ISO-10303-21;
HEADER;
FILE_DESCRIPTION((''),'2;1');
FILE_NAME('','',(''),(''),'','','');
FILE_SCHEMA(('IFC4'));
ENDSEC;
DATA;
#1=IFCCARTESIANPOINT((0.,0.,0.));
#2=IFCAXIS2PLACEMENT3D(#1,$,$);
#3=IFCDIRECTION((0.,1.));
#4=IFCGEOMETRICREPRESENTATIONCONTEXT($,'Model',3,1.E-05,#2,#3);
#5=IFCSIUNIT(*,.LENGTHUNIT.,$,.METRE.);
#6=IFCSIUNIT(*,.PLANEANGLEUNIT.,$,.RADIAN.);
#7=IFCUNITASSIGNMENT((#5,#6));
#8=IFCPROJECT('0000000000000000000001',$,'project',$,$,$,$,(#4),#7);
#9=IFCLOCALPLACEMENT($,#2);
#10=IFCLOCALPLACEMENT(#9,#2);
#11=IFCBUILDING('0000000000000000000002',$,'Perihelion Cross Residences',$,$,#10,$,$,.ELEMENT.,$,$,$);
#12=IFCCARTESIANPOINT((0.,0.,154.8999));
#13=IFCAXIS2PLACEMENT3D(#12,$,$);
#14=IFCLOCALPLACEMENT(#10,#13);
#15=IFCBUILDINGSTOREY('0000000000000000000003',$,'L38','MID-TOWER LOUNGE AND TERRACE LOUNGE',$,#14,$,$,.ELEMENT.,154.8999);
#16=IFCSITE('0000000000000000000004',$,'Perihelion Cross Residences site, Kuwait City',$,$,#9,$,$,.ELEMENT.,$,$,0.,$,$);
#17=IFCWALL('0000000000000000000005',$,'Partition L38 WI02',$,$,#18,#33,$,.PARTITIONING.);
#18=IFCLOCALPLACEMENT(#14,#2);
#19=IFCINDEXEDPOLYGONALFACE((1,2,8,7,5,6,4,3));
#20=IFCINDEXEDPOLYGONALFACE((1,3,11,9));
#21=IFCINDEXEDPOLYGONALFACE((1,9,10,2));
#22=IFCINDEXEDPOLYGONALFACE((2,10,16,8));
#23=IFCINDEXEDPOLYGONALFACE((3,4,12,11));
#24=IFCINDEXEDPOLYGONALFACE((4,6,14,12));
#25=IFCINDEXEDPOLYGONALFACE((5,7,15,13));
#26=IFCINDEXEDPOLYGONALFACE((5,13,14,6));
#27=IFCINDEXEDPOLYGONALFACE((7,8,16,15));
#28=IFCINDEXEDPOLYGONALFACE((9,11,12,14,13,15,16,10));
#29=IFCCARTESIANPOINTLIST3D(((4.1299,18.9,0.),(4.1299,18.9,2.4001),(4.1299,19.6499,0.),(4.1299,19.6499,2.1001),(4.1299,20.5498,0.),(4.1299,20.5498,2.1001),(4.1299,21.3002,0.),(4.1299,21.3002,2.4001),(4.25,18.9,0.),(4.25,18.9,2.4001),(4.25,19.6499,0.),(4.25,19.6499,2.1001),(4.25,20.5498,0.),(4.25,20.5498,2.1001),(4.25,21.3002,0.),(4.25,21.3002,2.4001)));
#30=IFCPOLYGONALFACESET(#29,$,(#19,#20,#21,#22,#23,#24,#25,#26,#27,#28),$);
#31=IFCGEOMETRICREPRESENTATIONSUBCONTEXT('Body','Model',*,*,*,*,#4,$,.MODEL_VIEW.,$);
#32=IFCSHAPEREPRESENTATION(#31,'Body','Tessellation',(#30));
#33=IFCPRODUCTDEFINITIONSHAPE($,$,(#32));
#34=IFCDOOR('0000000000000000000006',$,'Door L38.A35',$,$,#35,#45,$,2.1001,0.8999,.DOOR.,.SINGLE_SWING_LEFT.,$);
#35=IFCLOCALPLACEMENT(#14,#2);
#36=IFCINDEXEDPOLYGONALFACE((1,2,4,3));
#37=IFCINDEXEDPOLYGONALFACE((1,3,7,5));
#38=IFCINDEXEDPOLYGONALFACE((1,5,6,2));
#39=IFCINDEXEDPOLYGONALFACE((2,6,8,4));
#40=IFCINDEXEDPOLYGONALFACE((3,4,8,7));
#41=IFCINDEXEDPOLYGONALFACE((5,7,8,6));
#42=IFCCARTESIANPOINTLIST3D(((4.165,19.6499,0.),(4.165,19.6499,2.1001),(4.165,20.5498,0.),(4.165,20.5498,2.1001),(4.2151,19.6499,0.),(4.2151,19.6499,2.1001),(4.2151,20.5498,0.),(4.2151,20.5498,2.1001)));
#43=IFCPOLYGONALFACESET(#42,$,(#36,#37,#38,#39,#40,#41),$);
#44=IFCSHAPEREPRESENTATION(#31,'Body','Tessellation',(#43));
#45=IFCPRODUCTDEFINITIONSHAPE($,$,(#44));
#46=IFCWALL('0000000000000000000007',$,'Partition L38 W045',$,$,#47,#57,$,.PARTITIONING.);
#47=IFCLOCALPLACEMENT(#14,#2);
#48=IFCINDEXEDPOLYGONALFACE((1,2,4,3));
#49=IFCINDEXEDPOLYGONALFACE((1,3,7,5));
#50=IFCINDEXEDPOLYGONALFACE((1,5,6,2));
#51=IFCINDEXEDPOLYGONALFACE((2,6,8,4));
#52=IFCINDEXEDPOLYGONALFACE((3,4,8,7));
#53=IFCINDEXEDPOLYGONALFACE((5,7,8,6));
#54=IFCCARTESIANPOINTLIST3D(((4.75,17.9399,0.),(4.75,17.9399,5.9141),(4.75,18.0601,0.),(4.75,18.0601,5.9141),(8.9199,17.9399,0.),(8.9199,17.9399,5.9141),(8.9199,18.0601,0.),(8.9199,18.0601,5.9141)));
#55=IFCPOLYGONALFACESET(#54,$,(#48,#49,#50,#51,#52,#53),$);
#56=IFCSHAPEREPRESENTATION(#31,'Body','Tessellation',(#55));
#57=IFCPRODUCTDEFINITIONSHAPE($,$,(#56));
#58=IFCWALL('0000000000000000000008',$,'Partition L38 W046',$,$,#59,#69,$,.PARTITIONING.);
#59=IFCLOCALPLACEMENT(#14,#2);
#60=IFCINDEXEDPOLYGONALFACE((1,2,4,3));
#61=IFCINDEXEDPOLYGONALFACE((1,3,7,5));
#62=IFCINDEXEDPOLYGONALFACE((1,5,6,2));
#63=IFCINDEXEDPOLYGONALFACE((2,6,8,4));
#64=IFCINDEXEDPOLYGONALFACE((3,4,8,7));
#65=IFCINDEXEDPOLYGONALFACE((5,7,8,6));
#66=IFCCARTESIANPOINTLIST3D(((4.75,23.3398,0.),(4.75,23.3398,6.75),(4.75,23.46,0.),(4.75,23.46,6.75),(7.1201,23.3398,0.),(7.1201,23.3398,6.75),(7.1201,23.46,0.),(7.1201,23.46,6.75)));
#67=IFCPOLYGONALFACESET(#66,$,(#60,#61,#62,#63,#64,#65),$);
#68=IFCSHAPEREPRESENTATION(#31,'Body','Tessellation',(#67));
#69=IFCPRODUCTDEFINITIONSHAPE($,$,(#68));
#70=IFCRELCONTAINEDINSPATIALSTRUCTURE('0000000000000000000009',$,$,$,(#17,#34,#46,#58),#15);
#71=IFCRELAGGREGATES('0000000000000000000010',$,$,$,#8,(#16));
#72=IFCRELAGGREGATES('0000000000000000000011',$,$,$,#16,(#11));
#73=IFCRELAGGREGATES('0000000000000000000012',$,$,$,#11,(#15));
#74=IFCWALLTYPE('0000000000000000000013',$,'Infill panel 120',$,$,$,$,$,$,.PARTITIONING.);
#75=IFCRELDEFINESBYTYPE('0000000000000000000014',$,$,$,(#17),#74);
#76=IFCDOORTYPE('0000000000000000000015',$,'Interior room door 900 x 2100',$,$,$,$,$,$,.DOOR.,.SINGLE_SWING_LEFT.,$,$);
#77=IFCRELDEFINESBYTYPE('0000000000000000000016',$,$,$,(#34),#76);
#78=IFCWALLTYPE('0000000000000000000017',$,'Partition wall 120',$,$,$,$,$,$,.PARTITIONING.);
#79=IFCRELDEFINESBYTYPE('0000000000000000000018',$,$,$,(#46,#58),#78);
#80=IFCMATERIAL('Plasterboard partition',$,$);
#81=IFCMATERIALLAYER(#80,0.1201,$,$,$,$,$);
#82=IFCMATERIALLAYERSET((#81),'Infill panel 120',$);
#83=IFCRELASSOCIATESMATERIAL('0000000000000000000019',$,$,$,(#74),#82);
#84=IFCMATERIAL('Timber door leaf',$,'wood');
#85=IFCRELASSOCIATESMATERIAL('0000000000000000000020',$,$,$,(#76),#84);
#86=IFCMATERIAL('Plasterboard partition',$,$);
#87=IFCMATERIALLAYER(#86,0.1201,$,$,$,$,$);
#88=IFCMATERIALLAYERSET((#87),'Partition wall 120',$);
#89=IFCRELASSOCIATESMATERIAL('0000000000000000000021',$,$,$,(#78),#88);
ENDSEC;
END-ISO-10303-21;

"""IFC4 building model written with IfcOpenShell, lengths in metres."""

from ifc_helpers import new_model, si_unit, direction, frame, frame_2d, origin, place, context, subcontext, project, spatial, rectangle, extrude, material, layer, layer_set, type_object, element, fill, save


model = new_model("IFC4")

# Units and contexts
model_context = context("Model", 3, precision=1e-05, world=origin(), true_north=direction((0.0, 1.0)))
body_context = subcontext(model_context, "Body", "Model", "MODEL_VIEW")
ifc_project = project(units=[si_unit("LENGTHUNIT", "METRE"), si_unit("PLANEANGLEUNIT", "RADIAN")], contexts=[model_context])

# Site, building, storey
site_placement = place(None, origin())
site = spatial("IfcSite", under=ifc_project, at=site_placement, Name="Perihelion Cross Residences site, Kuwait City", CompositionType="ELEMENT", RefElevation=0.0)
building_placement = place(site_placement, origin())
building = spatial("IfcBuilding", under=site, at=building_placement, Name="Perihelion Cross Residences", CompositionType="ELEMENT")
storey_placement = place(building_placement, frame((0.0, 0.0, 154.8999)))
storey = spatial("IfcBuildingStorey", under=building, at=storey_placement, Name="L38", Description="MID-TOWER LOUNGE AND TERRACE LOUNGE", CompositionType="ELEMENT", Elevation=154.8999)

# Wall, opening, door
ifc_material_1 = material(Name="Plasterboard partition")
ifc_layer_1 = layer(ifc_material_1, 0.1201)
ifc_layer_set_1 = layer_set([ifc_layer_1], Name="Infill panel 120")
wall_type_1 = type_object("IfcWallType", Name="Infill panel 120", PredefinedType="PARTITIONING", material=ifc_layer_set_1)
wall_1_placement = place(storey_placement, frame((4.1899, 18.8999, 0.0), z_axis=(0.0, 0.0, 1.0), x_axis=(0.0, 1.0, 0.0)))
wall_1 = element("IfcWall", 1, at=wall_1_placement, inside=storey, type_object=wall_type_1, Name="Partition L38 WI02", PredefinedType="PARTITIONING", context=body_context, shape_type="SweptSolid", body=[
    extrude(rectangle(XDim=2.4001, YDim=0.1201, at=frame_2d((1.2002, 0.0))), origin(), (0.0, 0.0, 1.0), 2.4001),
])
opening_placement = place(wall_1_placement, frame((0.75, 0.0, 0.0)))
opening = element("IfcOpeningElement", 2, at=opening_placement, cuts=wall_1, PredefinedType="OPENING", context=body_context, shape_type="SweptSolid", body=[
    extrude(rectangle(XDim=0.8999, YDim=2.1001, at=frame_2d((0.45, 1.05))), frame((0.0, 0.0701, 0.0), z_axis=(0.0, -1.0, 0.0), x_axis=(1.0, 0.0, 0.0)), (0.0, 0.0, 1.0), 0.1401),
])
ifc_material_2 = material(Name="Timber door leaf", Category="wood")
door_type = type_object("IfcDoorType", Name="Interior room door 900 x 2100", OperationType="SINGLE_SWING_LEFT", PredefinedType="DOOR", material=ifc_material_2)
door_placement = place(opening_placement, origin())
door = element("IfcDoor", 3, at=door_placement, inside=storey, type_object=door_type, Name="Door L38.A35", OperationType="SINGLE_SWING_LEFT", OverallHeight=2.1001, OverallWidth=0.8999, PredefinedType="DOOR", context=body_context, shape_type="SweptSolid", body=[
    extrude(rectangle(XDim=0.8999, YDim=2.1001, at=frame_2d((0.45, 1.05))), frame((0.0, 0.0249, 0.0), z_axis=(0.0, -1.0, 0.0), x_axis=(1.0, 0.0, 0.0)), (0.0, 0.0, 1.0), 0.05),
])
fill(opening, door)

# Walls
ifc_material_3 = material(Name="Plasterboard partition")
ifc_layer_2 = layer(ifc_material_3, 0.1201)
ifc_layer_set_2 = layer_set([ifc_layer_2], Name="Partition wall 120")
wall_type_2 = type_object("IfcWallType", Name="Partition wall 120", PredefinedType="PARTITIONING", material=ifc_layer_set_2)
wall_2_placement = place(storey_placement, frame((4.75, 18.0, 0.0), z_axis=(0.0, 0.0, 1.0), x_axis=(1.0, 0.0, 0.0)))
element("IfcWall", 4, at=wall_2_placement, inside=storey, type_object=wall_type_2, Name="Partition L38 W045", PredefinedType="PARTITIONING", context=body_context, shape_type="SweptSolid", body=[
    extrude(rectangle(XDim=4.1699, YDim=0.1201, at=frame_2d((2.085, 0.0))), origin(), (0.0, 0.0, 1.0), 5.9141),
])
wall_3_placement = place(storey_placement, frame((4.75, 23.3999, 0.0), z_axis=(0.0, 0.0, 1.0), x_axis=(1.0, 0.0, 0.0)))
element("IfcWall", 5, at=wall_3_placement, inside=storey, type_object=wall_type_2, Name="Partition L38 W046", PredefinedType="PARTITIONING", context=body_context, shape_type="SweptSolid", body=[
    extrude(rectangle(XDim=2.3701, YDim=0.1201, at=frame_2d((1.1851, 0.0))), origin(), (0.0, 0.0, 1.0), 6.75),
])

save(model, "model.ifc")
